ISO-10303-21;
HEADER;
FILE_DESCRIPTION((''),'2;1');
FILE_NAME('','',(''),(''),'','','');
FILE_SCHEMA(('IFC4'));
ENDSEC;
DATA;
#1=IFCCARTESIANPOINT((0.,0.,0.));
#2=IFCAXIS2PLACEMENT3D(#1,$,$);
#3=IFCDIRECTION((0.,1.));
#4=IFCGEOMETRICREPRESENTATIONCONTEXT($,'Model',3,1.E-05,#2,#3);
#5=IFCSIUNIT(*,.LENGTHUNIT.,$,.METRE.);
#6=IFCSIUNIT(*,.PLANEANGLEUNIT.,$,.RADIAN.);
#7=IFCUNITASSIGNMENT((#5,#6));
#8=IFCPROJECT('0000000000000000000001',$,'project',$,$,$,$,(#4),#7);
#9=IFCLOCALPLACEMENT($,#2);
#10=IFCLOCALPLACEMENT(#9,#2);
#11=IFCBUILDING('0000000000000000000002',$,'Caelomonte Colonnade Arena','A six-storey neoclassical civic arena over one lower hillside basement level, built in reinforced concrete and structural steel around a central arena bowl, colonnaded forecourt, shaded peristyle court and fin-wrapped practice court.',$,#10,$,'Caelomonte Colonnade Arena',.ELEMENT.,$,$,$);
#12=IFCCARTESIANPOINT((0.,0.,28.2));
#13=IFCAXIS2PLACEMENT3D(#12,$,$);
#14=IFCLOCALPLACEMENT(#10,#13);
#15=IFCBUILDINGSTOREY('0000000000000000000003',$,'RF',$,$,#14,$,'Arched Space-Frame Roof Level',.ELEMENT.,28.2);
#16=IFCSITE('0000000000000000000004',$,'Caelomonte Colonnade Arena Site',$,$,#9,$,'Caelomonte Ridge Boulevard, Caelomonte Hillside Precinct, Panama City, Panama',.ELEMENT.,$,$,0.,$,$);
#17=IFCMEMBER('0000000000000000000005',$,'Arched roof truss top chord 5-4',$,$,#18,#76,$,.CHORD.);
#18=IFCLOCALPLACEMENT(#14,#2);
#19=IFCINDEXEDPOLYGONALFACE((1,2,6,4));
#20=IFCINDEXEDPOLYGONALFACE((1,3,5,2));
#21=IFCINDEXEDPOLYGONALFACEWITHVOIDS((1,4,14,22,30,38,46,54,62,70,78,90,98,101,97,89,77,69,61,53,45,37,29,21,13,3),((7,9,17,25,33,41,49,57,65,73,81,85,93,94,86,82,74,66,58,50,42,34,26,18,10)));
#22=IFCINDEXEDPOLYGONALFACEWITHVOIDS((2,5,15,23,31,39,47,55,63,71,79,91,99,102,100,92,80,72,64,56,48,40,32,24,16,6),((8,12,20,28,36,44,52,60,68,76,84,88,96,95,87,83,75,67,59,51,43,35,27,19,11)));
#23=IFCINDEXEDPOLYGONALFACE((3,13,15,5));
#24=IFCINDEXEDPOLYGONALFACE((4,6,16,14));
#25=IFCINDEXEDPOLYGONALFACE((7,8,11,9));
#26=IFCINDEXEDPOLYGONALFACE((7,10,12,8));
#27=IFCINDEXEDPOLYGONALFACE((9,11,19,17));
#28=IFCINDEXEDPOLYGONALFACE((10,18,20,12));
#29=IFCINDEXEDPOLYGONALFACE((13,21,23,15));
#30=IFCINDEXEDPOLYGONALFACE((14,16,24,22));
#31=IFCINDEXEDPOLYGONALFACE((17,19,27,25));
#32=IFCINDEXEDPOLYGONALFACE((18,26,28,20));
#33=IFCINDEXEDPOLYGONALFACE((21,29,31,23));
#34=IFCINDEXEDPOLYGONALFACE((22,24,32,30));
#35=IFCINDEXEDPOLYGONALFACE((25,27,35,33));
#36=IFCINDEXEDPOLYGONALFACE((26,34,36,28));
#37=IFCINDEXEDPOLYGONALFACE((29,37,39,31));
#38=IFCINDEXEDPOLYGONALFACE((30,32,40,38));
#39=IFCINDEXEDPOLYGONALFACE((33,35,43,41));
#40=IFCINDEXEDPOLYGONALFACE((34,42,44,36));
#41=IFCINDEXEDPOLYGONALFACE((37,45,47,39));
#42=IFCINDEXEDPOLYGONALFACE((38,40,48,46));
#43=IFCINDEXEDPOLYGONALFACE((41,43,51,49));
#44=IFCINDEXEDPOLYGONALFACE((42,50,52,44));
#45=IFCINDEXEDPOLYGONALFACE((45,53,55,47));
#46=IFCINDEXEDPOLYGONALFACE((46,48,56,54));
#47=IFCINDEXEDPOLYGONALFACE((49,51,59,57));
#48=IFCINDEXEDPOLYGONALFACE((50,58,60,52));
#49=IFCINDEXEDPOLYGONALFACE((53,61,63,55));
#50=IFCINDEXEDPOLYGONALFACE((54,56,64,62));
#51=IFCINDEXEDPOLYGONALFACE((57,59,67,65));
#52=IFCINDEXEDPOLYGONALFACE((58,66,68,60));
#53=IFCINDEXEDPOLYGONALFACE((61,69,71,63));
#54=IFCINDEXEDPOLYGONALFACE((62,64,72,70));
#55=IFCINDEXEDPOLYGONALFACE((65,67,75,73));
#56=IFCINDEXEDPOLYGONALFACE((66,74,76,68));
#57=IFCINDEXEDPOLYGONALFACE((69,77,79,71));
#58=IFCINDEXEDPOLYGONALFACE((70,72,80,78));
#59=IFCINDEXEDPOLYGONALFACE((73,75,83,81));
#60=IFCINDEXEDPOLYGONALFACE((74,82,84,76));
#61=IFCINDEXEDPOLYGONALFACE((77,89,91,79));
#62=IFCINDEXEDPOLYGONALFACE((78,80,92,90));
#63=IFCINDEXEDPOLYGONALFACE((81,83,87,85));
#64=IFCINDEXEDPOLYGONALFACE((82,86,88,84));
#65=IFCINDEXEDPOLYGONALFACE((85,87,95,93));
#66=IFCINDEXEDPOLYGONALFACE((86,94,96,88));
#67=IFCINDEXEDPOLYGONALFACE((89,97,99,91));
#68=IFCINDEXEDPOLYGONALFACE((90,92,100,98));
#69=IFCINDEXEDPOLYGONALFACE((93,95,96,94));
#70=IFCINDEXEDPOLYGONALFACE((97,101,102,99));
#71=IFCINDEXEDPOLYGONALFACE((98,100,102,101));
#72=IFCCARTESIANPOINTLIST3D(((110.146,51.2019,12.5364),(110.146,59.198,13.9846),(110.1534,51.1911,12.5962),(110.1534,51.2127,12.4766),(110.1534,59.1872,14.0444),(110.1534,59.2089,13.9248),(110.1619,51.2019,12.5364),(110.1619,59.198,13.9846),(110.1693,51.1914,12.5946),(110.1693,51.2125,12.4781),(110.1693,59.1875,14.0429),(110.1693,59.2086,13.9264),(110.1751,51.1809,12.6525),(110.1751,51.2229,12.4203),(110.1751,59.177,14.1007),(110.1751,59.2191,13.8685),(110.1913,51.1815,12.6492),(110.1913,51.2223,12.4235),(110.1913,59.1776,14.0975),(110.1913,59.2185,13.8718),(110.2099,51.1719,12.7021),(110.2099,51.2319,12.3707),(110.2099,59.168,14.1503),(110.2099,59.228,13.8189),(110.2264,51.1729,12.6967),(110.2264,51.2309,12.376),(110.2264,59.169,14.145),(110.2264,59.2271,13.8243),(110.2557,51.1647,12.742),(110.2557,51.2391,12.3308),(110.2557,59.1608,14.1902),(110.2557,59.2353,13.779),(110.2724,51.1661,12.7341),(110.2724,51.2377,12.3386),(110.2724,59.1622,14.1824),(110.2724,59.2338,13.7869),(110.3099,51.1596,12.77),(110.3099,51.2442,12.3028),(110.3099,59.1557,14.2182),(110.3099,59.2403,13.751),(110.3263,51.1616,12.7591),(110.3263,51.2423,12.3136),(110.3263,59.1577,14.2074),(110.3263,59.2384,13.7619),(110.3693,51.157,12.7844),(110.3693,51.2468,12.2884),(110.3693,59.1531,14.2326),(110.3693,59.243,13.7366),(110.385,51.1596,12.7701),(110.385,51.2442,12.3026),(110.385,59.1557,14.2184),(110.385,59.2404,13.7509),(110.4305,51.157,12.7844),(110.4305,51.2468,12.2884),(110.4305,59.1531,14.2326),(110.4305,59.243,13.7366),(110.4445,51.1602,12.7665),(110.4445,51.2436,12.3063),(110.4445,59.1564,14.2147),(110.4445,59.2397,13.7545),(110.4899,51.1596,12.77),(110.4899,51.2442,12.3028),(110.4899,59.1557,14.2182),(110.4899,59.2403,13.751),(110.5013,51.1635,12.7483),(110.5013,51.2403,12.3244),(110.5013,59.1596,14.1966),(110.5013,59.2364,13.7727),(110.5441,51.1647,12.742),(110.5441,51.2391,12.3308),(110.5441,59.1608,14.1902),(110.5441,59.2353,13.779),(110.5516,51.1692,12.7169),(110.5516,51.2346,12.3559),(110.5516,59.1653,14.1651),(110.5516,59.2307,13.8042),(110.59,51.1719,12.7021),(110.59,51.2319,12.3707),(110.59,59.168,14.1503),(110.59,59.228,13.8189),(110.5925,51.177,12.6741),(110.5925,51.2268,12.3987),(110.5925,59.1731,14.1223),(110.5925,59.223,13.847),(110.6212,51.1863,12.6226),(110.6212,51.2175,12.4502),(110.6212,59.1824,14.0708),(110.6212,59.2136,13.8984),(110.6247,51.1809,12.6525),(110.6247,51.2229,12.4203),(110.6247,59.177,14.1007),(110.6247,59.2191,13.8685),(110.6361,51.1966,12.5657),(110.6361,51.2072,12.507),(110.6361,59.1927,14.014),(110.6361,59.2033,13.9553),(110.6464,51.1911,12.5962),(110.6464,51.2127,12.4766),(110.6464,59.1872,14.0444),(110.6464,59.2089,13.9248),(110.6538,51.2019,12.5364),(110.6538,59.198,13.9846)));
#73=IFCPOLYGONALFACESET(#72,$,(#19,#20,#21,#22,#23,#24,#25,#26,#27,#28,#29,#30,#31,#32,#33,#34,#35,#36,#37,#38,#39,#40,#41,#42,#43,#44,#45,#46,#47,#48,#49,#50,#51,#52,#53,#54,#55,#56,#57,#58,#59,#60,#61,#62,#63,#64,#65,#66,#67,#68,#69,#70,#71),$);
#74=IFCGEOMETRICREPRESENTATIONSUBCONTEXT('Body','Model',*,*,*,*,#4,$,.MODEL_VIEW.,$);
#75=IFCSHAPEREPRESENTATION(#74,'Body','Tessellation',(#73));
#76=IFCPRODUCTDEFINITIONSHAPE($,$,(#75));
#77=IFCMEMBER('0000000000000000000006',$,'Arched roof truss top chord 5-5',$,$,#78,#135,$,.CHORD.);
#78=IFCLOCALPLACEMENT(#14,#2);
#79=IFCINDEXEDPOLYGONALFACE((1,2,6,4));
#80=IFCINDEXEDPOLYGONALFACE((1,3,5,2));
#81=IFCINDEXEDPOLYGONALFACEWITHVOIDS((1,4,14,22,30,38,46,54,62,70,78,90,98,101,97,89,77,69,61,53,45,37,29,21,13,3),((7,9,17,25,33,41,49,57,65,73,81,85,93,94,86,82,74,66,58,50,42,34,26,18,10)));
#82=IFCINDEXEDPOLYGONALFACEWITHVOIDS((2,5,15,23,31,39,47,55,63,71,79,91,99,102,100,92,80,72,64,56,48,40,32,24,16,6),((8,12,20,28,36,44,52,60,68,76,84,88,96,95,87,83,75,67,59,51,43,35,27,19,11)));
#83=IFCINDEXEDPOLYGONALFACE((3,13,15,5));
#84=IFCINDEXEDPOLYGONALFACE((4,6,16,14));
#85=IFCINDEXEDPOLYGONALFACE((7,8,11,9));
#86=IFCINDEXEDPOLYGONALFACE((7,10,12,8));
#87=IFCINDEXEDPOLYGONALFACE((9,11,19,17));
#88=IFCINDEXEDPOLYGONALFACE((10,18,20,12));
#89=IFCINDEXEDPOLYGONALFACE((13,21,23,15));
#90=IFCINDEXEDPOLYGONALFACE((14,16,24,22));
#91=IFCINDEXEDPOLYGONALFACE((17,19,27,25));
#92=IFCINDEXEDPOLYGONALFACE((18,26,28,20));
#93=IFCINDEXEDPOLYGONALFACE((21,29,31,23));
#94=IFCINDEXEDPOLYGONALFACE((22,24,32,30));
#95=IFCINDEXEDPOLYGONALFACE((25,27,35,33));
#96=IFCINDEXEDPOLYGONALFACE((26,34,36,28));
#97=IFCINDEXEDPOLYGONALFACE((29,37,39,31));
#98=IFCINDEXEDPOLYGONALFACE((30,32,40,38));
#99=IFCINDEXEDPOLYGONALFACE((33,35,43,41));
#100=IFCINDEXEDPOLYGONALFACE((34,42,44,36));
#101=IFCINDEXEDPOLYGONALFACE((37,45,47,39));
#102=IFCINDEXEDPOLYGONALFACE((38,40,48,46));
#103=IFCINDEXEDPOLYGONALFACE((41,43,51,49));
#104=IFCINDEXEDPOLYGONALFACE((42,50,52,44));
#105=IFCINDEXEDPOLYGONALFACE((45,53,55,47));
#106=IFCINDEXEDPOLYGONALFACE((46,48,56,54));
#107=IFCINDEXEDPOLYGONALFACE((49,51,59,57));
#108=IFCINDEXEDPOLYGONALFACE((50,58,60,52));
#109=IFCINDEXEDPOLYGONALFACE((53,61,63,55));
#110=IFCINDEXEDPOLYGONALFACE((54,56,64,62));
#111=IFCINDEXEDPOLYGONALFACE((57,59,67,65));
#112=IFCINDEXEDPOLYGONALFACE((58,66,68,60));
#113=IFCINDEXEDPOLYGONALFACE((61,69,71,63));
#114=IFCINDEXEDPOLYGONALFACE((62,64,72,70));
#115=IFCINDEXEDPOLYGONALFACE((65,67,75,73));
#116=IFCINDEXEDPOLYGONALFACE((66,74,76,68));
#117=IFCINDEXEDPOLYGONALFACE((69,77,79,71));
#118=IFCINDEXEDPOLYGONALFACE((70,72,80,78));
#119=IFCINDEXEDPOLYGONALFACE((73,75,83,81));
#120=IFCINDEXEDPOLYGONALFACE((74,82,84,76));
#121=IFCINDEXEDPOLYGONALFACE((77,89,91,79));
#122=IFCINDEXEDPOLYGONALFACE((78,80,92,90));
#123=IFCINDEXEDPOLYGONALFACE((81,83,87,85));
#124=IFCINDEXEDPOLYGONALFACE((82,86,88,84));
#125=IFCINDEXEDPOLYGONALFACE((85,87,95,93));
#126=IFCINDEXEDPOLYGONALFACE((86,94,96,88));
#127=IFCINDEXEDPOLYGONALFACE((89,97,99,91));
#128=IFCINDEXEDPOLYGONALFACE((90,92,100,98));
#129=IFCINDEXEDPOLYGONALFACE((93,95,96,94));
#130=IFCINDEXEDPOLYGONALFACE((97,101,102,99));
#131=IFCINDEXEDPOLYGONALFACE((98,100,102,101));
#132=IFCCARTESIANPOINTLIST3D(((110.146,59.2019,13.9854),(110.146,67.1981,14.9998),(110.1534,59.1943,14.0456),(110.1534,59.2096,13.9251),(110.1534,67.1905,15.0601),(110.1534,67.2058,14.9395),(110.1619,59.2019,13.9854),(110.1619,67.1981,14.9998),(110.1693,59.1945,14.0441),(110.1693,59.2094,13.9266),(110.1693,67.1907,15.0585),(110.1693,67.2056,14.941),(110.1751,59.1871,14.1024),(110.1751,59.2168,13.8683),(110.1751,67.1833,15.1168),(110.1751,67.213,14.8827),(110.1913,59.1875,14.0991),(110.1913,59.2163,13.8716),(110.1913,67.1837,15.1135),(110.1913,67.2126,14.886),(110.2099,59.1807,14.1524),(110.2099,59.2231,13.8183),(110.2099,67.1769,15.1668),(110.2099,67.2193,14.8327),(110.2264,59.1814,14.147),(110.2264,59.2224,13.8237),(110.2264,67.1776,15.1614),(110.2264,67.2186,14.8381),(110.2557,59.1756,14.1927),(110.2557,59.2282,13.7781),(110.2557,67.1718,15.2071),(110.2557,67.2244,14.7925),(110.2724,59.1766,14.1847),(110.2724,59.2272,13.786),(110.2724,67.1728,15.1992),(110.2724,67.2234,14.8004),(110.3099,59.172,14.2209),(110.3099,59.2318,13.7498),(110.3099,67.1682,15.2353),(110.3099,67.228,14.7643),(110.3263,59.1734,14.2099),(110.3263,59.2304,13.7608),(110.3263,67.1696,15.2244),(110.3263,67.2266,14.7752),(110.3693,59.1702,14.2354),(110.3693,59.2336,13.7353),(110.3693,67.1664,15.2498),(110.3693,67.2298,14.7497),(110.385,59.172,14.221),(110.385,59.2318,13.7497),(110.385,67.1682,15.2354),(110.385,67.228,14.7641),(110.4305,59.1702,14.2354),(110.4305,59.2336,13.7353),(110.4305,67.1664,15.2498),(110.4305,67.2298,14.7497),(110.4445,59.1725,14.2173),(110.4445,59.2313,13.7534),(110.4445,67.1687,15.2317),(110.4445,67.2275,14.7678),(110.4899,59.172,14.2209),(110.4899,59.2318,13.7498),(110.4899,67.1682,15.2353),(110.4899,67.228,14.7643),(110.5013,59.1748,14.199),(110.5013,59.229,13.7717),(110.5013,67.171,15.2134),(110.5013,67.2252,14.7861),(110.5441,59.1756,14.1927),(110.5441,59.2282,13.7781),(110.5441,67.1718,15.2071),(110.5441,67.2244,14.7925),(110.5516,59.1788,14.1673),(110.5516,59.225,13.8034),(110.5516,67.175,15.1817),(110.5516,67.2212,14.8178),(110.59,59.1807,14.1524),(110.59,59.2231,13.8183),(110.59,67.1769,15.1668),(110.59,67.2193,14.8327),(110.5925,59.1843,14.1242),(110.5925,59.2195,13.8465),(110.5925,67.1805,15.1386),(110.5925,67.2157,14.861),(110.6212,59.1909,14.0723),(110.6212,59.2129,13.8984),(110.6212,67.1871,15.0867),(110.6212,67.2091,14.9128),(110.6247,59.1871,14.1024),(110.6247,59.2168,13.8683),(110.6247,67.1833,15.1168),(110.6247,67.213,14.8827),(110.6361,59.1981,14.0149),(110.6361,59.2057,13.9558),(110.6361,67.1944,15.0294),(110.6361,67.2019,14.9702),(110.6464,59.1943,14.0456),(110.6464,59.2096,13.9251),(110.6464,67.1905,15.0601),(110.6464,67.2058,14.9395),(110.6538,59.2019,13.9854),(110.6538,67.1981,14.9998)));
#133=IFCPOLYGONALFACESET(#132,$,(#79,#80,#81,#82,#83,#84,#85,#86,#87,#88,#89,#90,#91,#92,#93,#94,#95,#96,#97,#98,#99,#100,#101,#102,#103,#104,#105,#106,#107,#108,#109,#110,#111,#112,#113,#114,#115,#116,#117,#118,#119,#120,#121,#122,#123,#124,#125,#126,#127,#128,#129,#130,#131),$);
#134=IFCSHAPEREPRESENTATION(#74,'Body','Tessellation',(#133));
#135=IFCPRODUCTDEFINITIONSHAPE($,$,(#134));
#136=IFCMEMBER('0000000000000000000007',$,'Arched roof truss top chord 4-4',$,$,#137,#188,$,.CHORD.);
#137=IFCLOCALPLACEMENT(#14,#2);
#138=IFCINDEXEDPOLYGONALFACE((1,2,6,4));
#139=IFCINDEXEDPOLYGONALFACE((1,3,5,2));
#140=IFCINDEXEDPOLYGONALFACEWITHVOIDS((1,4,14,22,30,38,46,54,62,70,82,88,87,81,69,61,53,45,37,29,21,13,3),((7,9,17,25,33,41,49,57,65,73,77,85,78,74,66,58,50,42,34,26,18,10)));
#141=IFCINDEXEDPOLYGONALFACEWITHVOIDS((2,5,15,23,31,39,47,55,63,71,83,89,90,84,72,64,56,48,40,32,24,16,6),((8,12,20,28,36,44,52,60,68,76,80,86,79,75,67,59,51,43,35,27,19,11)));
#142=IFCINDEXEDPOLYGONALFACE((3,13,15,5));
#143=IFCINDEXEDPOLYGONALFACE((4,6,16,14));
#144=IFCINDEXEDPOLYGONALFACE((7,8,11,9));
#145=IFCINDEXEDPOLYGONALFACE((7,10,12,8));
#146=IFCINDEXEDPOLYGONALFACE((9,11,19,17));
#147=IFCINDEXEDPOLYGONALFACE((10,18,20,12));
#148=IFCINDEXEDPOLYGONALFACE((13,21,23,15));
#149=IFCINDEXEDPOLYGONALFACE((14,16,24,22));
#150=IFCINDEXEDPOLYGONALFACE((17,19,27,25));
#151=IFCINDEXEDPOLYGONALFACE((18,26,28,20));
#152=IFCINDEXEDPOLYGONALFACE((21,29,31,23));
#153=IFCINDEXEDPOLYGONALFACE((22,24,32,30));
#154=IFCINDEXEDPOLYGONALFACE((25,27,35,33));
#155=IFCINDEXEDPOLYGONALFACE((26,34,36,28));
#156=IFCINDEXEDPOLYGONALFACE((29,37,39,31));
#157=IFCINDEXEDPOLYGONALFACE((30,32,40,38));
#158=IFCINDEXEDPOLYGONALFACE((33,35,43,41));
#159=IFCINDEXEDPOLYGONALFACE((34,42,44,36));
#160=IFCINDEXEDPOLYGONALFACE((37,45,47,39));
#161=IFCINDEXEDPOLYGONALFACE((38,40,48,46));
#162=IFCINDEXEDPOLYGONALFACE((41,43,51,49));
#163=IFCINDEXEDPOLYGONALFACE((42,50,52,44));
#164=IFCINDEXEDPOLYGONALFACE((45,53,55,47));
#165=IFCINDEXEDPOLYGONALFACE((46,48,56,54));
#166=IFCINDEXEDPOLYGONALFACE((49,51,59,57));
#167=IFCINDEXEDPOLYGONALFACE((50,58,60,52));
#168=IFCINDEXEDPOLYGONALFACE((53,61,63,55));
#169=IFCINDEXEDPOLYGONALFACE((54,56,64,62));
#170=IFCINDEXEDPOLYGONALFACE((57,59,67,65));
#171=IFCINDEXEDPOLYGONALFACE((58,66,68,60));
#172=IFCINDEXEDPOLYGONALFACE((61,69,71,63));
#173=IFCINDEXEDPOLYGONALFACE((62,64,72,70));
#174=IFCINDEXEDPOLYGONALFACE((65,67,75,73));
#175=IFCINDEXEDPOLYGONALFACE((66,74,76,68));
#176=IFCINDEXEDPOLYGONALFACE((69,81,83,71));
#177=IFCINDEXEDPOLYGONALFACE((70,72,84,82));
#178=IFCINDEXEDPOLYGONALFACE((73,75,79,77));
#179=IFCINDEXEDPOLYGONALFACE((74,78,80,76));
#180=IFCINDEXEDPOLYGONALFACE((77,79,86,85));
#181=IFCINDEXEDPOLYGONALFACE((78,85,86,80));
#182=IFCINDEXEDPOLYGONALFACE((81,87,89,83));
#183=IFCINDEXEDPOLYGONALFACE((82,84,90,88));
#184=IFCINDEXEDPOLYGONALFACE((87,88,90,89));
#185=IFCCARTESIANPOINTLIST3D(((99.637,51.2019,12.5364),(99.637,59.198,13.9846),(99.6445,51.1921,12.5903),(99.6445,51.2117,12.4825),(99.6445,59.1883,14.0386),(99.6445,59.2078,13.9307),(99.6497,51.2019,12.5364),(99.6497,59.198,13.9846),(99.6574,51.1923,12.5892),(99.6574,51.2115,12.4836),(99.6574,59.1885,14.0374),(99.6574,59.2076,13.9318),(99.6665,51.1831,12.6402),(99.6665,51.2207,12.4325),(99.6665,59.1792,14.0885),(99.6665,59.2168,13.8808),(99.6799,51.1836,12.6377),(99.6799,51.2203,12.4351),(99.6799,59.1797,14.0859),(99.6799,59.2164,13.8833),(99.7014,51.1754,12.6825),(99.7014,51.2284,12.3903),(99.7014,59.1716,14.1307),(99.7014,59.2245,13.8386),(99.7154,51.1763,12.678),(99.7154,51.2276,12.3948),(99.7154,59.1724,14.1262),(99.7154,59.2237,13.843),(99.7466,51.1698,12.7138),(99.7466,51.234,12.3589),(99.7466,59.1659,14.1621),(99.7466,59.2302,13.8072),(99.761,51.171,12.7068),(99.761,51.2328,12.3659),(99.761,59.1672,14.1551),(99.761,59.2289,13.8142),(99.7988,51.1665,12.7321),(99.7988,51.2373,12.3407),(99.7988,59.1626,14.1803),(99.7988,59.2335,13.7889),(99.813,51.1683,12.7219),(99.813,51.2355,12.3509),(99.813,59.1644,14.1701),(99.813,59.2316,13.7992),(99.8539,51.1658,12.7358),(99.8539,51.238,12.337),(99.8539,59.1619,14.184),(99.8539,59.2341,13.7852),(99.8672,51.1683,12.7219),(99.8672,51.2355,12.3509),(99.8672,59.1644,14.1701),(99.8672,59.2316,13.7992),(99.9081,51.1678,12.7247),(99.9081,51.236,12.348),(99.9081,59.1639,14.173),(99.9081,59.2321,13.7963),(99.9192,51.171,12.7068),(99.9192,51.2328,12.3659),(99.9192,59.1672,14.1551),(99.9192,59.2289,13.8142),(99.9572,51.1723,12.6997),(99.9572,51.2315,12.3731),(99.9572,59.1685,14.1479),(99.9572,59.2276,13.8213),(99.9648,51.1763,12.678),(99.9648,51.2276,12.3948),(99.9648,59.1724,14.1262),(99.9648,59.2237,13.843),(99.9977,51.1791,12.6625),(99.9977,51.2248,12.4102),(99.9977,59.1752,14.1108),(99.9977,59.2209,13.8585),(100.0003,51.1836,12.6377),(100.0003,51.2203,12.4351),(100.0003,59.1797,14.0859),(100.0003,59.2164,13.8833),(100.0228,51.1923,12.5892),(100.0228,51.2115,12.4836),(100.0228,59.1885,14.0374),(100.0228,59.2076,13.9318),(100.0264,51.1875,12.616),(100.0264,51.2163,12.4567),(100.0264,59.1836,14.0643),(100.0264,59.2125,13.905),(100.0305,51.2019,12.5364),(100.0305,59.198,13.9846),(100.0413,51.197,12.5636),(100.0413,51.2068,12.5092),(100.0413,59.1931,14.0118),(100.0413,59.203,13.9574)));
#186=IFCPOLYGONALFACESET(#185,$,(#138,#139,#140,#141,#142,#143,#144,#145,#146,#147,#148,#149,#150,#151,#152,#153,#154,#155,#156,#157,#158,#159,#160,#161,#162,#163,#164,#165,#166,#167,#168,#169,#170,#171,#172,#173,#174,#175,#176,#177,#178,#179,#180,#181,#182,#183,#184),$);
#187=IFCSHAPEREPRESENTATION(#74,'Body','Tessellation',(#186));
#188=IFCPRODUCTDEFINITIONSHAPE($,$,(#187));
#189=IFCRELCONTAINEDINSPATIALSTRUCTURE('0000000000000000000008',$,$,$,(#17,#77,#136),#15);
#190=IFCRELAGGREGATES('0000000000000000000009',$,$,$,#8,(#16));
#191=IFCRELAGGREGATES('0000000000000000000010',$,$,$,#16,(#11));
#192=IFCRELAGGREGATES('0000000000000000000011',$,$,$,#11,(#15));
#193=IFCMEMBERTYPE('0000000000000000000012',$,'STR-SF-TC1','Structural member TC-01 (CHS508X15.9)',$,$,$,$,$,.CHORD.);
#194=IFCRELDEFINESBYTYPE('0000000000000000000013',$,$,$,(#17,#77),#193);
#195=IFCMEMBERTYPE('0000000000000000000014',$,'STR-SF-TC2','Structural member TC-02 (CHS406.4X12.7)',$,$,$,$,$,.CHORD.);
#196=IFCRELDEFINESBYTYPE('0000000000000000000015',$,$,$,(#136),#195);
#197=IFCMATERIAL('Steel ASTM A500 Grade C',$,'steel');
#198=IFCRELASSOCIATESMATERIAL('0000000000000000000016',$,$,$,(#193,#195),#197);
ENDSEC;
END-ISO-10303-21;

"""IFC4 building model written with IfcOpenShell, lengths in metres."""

from ifc_helpers import new_model, si_unit, direction, frame, origin, origin_2d, place, context, subcontext, project, spatial, hollow_circle, extrude, material, material_profile, profile_set, type_object, element, save


model = new_model("IFC4")

# Units and contexts
model_context = context("Model", 3, precision=1e-05, world=origin(), true_north=direction((0.0, 1.0)))
body_context = subcontext(model_context, "Body", "Model", "MODEL_VIEW")
ifc_project = project(units=[si_unit("LENGTHUNIT", "METRE"), si_unit("PLANEANGLEUNIT", "RADIAN")], contexts=[model_context])

# Site, building, storey
site_placement = place(None, origin())
site = spatial("IfcSite", under=ifc_project, at=site_placement, Name="Caelomonte Colonnade Arena Site", LongName="Caelomonte Ridge Boulevard, Caelomonte Hillside Precinct, Panama City, Panama", CompositionType="ELEMENT", RefElevation=0.0)
building_placement = place(site_placement, origin())
building = spatial("IfcBuilding", under=site, at=building_placement, Name="Caelomonte Colonnade Arena", Description="A six-storey neoclassical civic arena over one lower hillside basement level, built in reinforced concrete and structural steel around a central arena bowl, colonnaded forecourt, shaded peristyle court and fin-wrapped practice court.", LongName="Caelomonte Colonnade Arena", CompositionType="ELEMENT")
storey_placement = place(building_placement, frame((0.0, 0.0, 28.2)))
storey = spatial("IfcBuildingStorey", under=building, at=storey_placement, Name="RF", LongName="Arched Space-Frame Roof Level", CompositionType="ELEMENT", Elevation=28.2)

# Members
ifc_material_1 = material(Name="Steel ASTM A500 Grade C", Category="steel")
ifc_material_profile_1 = material_profile(ifc_material_1, hollow_circle(Radius=0.2539, WallThickness=0.0159, at=origin_2d()), Name="CHS508X15.9")
ifc_profile_set_1 = profile_set([ifc_material_profile_1], Name="Steel ASTM A500 Grade C")
member_type_1 = type_object("IfcMemberType", Name="STR-SF-TC1", Description="Structural member TC-01 (CHS508X15.9)", PredefinedType="CHORD", material=ifc_profile_set_1)
member_1_placement = place(storey_placement, frame((110.3999, 51.2019, 12.5364), z_axis=(0.0, 0.983991, 0.178219), x_axis=(-1.0, 0.0, 0.0)))
element("IfcMember", 1, at=member_1_placement, inside=storey, type_object=member_type_1, Name="Arched roof truss top chord 5-4", PredefinedType="CHORD", context=body_context, shape_type="SweptSolid", body=[
    extrude(hollow_circle(Radius=0.2539, WallThickness=0.0159, at=origin_2d()), origin(), (0.0, 0.0, 1.0), 8.1262),
])
member_2_placement = place(storey_placement, frame((110.3999, 59.2019, 13.9854), z_axis=(0.0, 0.992049, 0.125854), x_axis=(-1.0, 0.0, 0.0)))
element("IfcMember", 2, at=member_2_placement, inside=storey, type_object=member_type_1, Name="Arched roof truss top chord 5-5", PredefinedType="CHORD", context=body_context, shape_type="SweptSolid", body=[
    extrude(hollow_circle(Radius=0.2539, WallThickness=0.0159, at=origin_2d()), origin(), (0.0, 0.0, 1.0), 8.0603),
])
ifc_material_profile_2 = material_profile(ifc_material_1, hollow_circle(Radius=0.2031, WallThickness=0.0127, at=origin_2d()), Name="CHS406.4X12.7")
ifc_profile_set_2 = profile_set([ifc_material_profile_2], Name="Steel ASTM A500 Grade C")
member_type_2 = type_object("IfcMemberType", Name="STR-SF-TC2", Description="Structural member TC-02 (CHS406.4X12.7)", PredefinedType="CHORD", material=ifc_profile_set_2)
member_3_placement = place(storey_placement, frame((99.8401, 51.2019, 12.5364), z_axis=(0.0, 0.983991, 0.178219), x_axis=(-1.0, 0.0, 0.0)))
element("IfcMember", 3, at=member_3_placement, inside=storey, type_object=member_type_2, Name="Arched roof truss top chord 4-4", PredefinedType="CHORD", context=body_context, shape_type="SweptSolid", body=[
    extrude(hollow_circle(Radius=0.2031, WallThickness=0.0127, at=origin_2d()), origin(), (0.0, 0.0, 1.0), 8.1262),
])

save(model, "model.ifc")
